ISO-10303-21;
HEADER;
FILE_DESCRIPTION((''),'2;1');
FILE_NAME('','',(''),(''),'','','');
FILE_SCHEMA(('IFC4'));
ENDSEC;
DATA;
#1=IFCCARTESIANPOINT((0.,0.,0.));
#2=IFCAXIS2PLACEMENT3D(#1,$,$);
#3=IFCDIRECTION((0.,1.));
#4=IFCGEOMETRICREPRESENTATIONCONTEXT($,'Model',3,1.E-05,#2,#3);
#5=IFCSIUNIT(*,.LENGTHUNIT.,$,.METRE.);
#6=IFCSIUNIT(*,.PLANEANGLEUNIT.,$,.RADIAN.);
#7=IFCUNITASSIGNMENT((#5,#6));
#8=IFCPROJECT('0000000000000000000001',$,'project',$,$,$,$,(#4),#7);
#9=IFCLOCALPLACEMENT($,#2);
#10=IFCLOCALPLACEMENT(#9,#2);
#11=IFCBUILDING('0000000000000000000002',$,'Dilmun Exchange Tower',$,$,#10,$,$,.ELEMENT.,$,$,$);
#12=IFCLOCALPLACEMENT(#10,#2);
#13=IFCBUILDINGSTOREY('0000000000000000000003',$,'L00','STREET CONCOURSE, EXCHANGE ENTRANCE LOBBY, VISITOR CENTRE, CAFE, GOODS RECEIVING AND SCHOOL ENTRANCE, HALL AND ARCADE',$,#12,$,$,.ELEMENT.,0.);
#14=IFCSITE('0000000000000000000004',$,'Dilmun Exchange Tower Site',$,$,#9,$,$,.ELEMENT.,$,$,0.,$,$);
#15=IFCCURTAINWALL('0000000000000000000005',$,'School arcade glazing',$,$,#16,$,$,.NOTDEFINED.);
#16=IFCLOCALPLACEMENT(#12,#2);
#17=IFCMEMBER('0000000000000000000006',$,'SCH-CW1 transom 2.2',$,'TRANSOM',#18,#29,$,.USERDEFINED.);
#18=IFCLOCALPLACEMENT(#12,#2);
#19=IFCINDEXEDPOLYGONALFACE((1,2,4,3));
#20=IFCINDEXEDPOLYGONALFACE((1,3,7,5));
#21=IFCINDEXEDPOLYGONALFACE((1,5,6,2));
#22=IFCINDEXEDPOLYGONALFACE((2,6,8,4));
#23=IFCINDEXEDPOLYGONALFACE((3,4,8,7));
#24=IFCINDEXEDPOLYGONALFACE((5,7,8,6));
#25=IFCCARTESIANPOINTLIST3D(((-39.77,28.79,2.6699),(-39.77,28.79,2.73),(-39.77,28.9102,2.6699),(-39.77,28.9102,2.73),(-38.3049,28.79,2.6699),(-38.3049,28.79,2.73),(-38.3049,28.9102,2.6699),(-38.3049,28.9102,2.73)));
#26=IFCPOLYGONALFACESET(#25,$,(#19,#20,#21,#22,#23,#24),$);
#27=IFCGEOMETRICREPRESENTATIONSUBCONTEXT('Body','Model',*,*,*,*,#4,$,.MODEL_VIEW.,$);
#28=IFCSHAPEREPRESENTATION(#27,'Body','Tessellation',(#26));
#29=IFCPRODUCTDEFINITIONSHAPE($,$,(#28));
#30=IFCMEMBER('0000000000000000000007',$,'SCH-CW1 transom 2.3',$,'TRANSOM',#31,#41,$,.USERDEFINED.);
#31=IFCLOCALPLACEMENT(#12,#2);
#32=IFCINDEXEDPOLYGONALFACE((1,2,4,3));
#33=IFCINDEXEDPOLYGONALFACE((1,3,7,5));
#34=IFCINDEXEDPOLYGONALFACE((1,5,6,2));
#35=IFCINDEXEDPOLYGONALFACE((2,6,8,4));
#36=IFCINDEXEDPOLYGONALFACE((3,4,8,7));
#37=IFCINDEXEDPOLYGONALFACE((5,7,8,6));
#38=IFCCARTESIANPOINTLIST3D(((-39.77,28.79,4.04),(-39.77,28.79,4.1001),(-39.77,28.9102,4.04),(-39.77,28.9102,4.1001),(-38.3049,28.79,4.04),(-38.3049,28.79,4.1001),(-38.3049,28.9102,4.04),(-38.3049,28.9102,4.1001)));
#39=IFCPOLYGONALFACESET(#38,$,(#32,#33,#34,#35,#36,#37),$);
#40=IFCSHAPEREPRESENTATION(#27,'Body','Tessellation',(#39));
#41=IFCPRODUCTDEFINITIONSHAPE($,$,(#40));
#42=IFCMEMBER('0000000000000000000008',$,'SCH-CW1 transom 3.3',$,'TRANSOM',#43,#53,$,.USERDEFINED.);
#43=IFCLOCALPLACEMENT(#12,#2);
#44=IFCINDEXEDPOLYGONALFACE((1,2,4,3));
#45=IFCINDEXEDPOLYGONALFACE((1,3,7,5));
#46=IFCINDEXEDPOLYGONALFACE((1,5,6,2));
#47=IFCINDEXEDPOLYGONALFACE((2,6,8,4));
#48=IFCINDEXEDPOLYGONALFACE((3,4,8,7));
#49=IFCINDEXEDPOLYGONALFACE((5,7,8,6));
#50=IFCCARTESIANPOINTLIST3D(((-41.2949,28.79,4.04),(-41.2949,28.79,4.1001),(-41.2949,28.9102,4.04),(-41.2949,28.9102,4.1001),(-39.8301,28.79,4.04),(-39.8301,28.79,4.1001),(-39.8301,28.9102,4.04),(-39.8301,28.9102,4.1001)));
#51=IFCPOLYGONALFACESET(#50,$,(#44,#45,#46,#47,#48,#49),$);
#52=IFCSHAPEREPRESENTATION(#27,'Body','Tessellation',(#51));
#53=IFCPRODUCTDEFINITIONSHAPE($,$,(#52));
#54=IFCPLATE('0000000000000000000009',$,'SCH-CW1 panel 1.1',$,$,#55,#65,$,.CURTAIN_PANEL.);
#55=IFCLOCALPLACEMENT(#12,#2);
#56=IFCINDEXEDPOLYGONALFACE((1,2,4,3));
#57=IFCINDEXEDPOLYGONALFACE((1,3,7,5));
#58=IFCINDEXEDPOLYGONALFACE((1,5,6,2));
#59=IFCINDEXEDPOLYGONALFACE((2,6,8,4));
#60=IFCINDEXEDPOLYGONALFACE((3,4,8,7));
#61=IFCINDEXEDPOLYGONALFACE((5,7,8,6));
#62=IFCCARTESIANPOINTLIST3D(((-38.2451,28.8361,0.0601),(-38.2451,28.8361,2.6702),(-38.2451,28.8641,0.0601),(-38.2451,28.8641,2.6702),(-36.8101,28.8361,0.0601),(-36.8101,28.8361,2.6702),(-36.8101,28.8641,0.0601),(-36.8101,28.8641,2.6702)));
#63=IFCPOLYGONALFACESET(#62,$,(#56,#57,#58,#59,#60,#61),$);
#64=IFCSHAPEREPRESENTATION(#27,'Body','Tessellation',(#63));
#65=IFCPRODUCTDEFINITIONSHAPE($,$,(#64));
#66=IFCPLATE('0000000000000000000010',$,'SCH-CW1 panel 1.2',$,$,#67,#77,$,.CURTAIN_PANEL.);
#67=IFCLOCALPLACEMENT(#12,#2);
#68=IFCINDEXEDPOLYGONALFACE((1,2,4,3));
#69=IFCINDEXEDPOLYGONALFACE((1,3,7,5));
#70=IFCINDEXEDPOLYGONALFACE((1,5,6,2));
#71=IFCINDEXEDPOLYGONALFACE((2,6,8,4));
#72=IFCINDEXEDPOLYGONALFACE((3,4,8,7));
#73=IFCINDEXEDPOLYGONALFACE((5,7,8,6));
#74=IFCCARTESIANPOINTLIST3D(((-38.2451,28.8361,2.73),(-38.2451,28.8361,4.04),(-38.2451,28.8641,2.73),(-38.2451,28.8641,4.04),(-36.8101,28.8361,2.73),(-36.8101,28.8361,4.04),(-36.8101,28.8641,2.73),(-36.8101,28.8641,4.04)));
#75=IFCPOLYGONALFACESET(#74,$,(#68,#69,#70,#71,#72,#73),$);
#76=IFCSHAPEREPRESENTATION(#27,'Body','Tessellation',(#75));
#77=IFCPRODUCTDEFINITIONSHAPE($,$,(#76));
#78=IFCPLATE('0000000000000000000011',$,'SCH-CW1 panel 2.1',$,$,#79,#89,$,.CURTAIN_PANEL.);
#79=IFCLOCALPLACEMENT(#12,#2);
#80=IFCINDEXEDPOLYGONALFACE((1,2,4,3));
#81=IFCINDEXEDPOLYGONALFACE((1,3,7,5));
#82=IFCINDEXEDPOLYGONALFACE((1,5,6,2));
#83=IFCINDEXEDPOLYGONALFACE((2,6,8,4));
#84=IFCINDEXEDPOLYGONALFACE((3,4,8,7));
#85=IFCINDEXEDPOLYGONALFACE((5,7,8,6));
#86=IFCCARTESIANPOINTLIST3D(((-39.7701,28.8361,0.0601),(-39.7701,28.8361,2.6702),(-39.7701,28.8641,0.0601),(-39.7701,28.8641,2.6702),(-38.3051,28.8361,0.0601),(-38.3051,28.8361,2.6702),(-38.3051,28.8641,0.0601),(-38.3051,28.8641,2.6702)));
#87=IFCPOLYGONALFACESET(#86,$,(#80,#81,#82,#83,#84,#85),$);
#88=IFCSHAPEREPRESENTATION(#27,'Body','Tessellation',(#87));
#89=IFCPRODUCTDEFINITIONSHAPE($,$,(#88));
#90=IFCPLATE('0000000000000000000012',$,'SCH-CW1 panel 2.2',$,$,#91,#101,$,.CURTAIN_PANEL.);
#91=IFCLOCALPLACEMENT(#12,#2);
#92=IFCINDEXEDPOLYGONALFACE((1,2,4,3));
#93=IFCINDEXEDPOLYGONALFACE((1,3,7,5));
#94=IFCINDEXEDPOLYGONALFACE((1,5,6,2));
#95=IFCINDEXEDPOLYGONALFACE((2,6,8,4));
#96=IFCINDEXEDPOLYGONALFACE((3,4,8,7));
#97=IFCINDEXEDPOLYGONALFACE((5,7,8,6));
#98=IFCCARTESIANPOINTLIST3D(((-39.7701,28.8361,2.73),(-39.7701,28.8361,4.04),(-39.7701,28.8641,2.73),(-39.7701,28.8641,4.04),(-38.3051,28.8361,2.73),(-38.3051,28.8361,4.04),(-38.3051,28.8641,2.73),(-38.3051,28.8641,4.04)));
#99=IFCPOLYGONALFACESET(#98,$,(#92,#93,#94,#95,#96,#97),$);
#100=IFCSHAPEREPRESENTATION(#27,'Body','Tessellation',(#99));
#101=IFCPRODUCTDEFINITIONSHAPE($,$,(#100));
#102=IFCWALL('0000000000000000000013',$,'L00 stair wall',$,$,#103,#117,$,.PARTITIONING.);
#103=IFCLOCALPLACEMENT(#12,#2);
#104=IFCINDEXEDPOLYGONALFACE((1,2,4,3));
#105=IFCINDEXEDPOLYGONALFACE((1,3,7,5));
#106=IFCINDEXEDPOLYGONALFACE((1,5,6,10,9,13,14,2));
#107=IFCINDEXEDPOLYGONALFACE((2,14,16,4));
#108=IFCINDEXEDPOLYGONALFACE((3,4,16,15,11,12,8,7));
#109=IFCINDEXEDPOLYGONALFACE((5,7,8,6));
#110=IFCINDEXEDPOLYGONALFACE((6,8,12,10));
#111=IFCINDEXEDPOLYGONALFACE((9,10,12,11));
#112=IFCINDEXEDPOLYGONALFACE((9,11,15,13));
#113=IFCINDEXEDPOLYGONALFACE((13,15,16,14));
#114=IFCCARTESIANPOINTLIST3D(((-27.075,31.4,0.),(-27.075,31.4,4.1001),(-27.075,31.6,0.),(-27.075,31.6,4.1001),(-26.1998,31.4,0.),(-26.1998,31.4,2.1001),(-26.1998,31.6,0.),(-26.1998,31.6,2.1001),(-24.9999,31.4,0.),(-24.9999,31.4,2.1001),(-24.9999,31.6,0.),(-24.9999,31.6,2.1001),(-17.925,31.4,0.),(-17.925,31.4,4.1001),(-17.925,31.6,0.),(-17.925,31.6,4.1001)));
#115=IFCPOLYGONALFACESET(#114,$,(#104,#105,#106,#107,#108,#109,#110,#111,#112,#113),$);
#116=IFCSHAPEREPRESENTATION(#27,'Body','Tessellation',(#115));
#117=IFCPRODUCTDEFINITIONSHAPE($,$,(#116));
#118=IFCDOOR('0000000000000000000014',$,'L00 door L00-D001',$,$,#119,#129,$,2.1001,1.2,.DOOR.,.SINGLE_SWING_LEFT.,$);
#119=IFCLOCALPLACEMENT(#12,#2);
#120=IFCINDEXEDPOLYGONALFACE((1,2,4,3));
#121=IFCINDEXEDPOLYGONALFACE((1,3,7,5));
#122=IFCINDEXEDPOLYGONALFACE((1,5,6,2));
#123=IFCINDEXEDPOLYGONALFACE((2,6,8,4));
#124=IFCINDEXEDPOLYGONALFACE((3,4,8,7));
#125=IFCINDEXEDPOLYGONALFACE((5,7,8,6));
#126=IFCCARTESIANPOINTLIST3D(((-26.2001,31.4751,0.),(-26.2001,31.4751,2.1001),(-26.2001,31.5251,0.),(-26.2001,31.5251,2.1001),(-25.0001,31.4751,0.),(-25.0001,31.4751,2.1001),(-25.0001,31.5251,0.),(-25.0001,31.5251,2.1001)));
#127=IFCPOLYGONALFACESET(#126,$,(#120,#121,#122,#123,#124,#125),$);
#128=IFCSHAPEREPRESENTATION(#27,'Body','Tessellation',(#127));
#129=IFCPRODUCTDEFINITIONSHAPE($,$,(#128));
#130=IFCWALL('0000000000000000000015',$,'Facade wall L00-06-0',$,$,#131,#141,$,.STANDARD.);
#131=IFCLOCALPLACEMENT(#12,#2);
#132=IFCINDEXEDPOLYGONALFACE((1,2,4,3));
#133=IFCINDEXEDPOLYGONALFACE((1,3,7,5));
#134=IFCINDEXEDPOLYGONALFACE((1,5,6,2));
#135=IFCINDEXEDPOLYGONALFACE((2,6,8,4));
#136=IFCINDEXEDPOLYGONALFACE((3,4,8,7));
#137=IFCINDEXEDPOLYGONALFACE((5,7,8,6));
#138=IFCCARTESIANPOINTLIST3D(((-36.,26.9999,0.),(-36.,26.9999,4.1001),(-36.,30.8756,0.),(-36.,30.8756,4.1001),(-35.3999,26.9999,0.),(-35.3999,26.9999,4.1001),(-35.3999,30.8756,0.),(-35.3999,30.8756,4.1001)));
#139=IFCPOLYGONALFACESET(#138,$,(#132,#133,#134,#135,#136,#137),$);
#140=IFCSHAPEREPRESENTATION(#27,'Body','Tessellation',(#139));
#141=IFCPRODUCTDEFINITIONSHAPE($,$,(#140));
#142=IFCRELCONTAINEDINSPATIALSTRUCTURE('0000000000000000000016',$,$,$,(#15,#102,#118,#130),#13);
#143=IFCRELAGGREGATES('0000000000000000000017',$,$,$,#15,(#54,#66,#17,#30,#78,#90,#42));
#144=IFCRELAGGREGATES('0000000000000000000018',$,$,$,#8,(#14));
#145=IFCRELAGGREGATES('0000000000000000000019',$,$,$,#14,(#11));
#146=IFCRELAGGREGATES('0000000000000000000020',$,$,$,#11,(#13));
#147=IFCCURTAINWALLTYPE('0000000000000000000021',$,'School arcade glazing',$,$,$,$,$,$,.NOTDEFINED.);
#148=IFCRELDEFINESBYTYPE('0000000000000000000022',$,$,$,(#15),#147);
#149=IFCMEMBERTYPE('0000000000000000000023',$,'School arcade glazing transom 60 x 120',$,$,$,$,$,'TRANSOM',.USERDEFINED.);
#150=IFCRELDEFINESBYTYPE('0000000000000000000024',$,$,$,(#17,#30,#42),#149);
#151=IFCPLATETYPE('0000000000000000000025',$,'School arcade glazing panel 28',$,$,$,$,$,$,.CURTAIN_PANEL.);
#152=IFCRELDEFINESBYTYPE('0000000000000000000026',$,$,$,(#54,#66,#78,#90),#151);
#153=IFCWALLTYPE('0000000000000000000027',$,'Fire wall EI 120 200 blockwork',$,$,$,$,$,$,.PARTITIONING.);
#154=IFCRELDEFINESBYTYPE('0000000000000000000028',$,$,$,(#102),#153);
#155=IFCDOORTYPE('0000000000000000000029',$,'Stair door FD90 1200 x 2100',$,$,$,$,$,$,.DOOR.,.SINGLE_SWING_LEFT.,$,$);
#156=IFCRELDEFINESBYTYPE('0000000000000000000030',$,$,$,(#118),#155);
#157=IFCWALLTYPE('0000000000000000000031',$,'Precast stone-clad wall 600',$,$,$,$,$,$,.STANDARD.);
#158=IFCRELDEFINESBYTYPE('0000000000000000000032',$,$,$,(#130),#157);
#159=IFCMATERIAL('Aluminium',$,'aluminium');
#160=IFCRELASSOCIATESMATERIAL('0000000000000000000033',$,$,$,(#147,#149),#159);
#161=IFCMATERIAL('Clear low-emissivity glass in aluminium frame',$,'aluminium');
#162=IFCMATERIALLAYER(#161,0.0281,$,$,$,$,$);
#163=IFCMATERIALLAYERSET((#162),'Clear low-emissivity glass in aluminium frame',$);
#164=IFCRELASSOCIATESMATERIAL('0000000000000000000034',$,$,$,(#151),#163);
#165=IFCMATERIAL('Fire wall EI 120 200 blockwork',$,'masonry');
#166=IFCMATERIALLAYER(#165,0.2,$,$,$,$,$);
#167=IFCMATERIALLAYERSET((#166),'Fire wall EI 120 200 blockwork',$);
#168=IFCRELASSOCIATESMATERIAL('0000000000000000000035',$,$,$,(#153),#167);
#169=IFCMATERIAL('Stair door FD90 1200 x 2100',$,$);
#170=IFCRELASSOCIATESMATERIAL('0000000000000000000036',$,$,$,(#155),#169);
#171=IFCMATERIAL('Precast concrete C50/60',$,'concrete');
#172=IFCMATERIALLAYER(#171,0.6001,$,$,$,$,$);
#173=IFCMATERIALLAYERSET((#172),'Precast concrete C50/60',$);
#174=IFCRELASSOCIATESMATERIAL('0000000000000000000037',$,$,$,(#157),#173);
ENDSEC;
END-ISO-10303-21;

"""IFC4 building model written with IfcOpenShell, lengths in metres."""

from ifc_helpers import new_model, si_unit, direction, frame, frame_2d, origin, origin_2d, place, context, subcontext, project, spatial, rectangle, extrude, material, layer, layer_set, material_profile, profile_set, type_object, element, fill, aggregate, save


model = new_model("IFC4")

# Units and contexts
model_context = context("Model", 3, precision=1e-05, world=origin(), true_north=direction((0.0, 1.0)))
body_context = subcontext(model_context, "Body", "Model", "MODEL_VIEW")
ifc_project = project(units=[si_unit("LENGTHUNIT", "METRE"), si_unit("PLANEANGLEUNIT", "RADIAN")], contexts=[model_context])

# Site, building, storey
site_placement = place(None, origin())
site = spatial("IfcSite", under=ifc_project, at=site_placement, Name="Dilmun Exchange Tower Site", CompositionType="ELEMENT", RefElevation=0.0)
building_placement = place(site_placement, origin())
building = spatial("IfcBuilding", under=site, at=building_placement, Name="Dilmun Exchange Tower", CompositionType="ELEMENT")
storey_placement = place(building_placement, origin())
storey = spatial("IfcBuildingStorey", under=building, at=storey_placement, Name="L00", Description="STREET CONCOURSE, EXCHANGE ENTRANCE LOBBY, VISITOR CENTRE, CAFE, GOODS RECEIVING AND SCHOOL ENTRANCE, HALL AND ARCADE", CompositionType="ELEMENT", Elevation=0.0)

# Curtain wall, members, plates
ifc_material_1 = material(Name="Aluminium", Category="aluminium")
curtain_wall_type = type_object("IfcCurtainWallType", Name="School arcade glazing", PredefinedType="NOTDEFINED", material=ifc_material_1)
curtain_wall_placement = place(storey_placement, origin())
curtain_wall = element("IfcCurtainWall", 1, at=curtain_wall_placement, inside=storey, type_object=curtain_wall_type, Name="School arcade glazing", PredefinedType="NOTDEFINED")
ifc_material_profile_1 = material_profile(ifc_material_1, rectangle(XDim=0.1201, YDim=0.0601, at=origin_2d()), Name="60 x 120")
ifc_profile_set_1 = profile_set([ifc_material_profile_1], Name="Aluminium")
member_type_1 = type_object("IfcMemberType", Name="School arcade glazing transom 60 x 120", ElementType="TRANSOM", PredefinedType="USERDEFINED", material=ifc_profile_set_1)
member_1_placement = place(storey_placement, frame((-38.3049, 28.8501, 2.7), z_axis=(-1.0, 0.0, 0.0), x_axis=(0.0, -1.0, 0.0)))
member_1 = element("IfcMember", 2, at=member_1_placement, type_object=member_type_1, Name="SCH-CW1 transom 2.2", ObjectType="TRANSOM", PredefinedType="USERDEFINED", context=body_context, shape_type="SweptSolid", body=[
    extrude(rectangle(XDim=0.1201, YDim=0.0601, at=origin_2d()), origin(), (0.0, 0.0, 1.0), 1.4651),
])
member_2_placement = place(storey_placement, frame((-38.3049, 28.8501, 4.0701), z_axis=(-1.0, 0.0, 0.0), x_axis=(0.0, -1.0, 0.0)))
member_2 = element("IfcMember", 3, at=member_2_placement, type_object=member_type_1, Name="SCH-CW1 transom 2.3", ObjectType="TRANSOM", PredefinedType="USERDEFINED", context=body_context, shape_type="SweptSolid", body=[
    extrude(rectangle(XDim=0.1201, YDim=0.0601, at=origin_2d()), origin(), (0.0, 0.0, 1.0), 1.4651),
])
member_3_placement = place(storey_placement, frame((-39.8301, 28.8501, 4.0701), z_axis=(-1.0, 0.0, 0.0), x_axis=(0.0, -1.0, 0.0)))
member_3 = element("IfcMember", 4, at=member_3_placement, type_object=member_type_1, Name="SCH-CW1 transom 3.3", ObjectType="TRANSOM", PredefinedType="USERDEFINED", context=body_context, shape_type="SweptSolid", body=[
    extrude(rectangle(XDim=0.1201, YDim=0.0601, at=origin_2d()), origin(), (0.0, 0.0, 1.0), 1.4648),
])
ifc_material_2 = material(Name="Clear low-emissivity glass in aluminium frame", Category="aluminium")
ifc_layer_1 = layer(ifc_material_2, 0.0281)
ifc_layer_set_1 = layer_set([ifc_layer_1], Name="Clear low-emissivity glass in aluminium frame")
plate_type = type_object("IfcPlateType", Name="School arcade glazing panel 28", PredefinedType="CURTAIN_PANEL", material=ifc_layer_set_1)
plate_1_placement = place(storey_placement, frame((-37.5276, 28.8501, 0.0601), z_axis=(0.0, 0.0, 1.0), x_axis=(-1.0, 0.0, 0.0)))
plate_1 = element("IfcPlate", 5, at=plate_1_placement, type_object=plate_type, Name="SCH-CW1 panel 1.1", PredefinedType="CURTAIN_PANEL", context=body_context, shape_type="SweptSolid", body=[
    extrude(rectangle(XDim=1.4351, YDim=0.0281, at=origin_2d()), origin(), (0.0, 0.0, 1.0), 2.6101),
])
plate_2_placement = place(storey_placement, frame((-37.5276, 28.8501, 2.73), z_axis=(0.0, 0.0, 1.0), x_axis=(-1.0, 0.0, 0.0)))
plate_2 = element("IfcPlate", 6, at=plate_2_placement, type_object=plate_type, Name="SCH-CW1 panel 1.2", PredefinedType="CURTAIN_PANEL", context=body_context, shape_type="SweptSolid", body=[
    extrude(rectangle(XDim=1.4351, YDim=0.0281, at=origin_2d()), origin(), (0.0, 0.0, 1.0), 1.3101),
])
plate_3_placement = place(storey_placement, frame((-39.0376, 28.8501, 0.0601), z_axis=(0.0, 0.0, 1.0), x_axis=(-1.0, 0.0, 0.0)))
plate_3 = element("IfcPlate", 7, at=plate_3_placement, type_object=plate_type, Name="SCH-CW1 panel 2.1", PredefinedType="CURTAIN_PANEL", context=body_context, shape_type="SweptSolid", body=[
    extrude(rectangle(XDim=1.4651, YDim=0.0281, at=origin_2d()), origin(), (0.0, 0.0, 1.0), 2.6101),
])
plate_4_placement = place(storey_placement, frame((-39.0376, 28.8501, 2.73), z_axis=(0.0, 0.0, 1.0), x_axis=(-1.0, 0.0, 0.0)))
plate_4 = element("IfcPlate", 8, at=plate_4_placement, type_object=plate_type, Name="SCH-CW1 panel 2.2", PredefinedType="CURTAIN_PANEL", context=body_context, shape_type="SweptSolid", body=[
    extrude(rectangle(XDim=1.4651, YDim=0.0281, at=origin_2d()), origin(), (0.0, 0.0, 1.0), 1.3101),
])
aggregate(curtain_wall, [plate_1, plate_2, member_1, member_2, plate_3, plate_4, member_3])

# Wall, opening, door
ifc_material_3 = material(Name="Fire wall EI 120 200 blockwork", Category="masonry")
ifc_layer_2 = layer(ifc_material_3, 0.2)
ifc_layer_set_2 = layer_set([ifc_layer_2], Name="Fire wall EI 120 200 blockwork")
wall_type_1 = type_object("IfcWallType", Name="Fire wall EI 120 200 blockwork", PredefinedType="PARTITIONING", material=ifc_layer_set_2)
wall_1_placement = place(storey_placement, frame((-27.075, 31.5, 0.0), z_axis=(0.0, 0.0, 1.0), x_axis=(1.0, 0.0, 0.0)))
wall_1 = element("IfcWall", 9, at=wall_1_placement, inside=storey, type_object=wall_type_1, Name="L00 stair wall", PredefinedType="PARTITIONING", context=body_context, shape_type="SweptSolid", body=[
    extrude(rectangle(XDim=9.1499, YDim=0.2, at=frame_2d((4.575, 0.0))), origin(), (0.0, 0.0, 1.0), 4.1001),
])
opening_placement = place(wall_1_placement, frame((0.875, 0.0, 0.0)))
opening = element("IfcOpeningElement", 10, at=opening_placement, cuts=wall_1, PredefinedType="OPENING", context=body_context, shape_type="SweptSolid", body=[
    extrude(rectangle(XDim=1.2, YDim=2.1001, at=frame_2d((0.6001, 1.05))), frame((0.0, 0.1099, 0.0), z_axis=(0.0, -1.0, 0.0), x_axis=(1.0, 0.0, 0.0)), (0.0, 0.0, 1.0), 0.22),
])
ifc_material_4 = material(Name="Stair door FD90 1200 x 2100")
door_type = type_object("IfcDoorType", Name="Stair door FD90 1200 x 2100", OperationType="SINGLE_SWING_LEFT", PredefinedType="DOOR", material=ifc_material_4)
door_placement = place(opening_placement, frame((1.2, 0.0, 0.0), z_axis=(0.0, 0.0, 1.0), x_axis=(-1.0, 0.0, 0.0)))
door = element("IfcDoor", 11, at=door_placement, inside=storey, type_object=door_type, Name="L00 door L00-D001", OperationType="SINGLE_SWING_LEFT", OverallHeight=2.1001, OverallWidth=1.2, PredefinedType="DOOR", context=body_context, shape_type="SweptSolid", body=[
    extrude(rectangle(XDim=1.2, YDim=2.1001, at=frame_2d((0.6001, 1.05))), frame((0.0, 0.0249, 0.0), z_axis=(0.0, -1.0, 0.0), x_axis=(1.0, 0.0, 0.0)), (0.0, 0.0, 1.0), 0.05),
])
fill(opening, door)

# Wall
ifc_material_5 = material(Name="Precast concrete C50/60", Category="concrete")
ifc_layer_3 = layer(ifc_material_5, 0.6001)
ifc_layer_set_3 = layer_set([ifc_layer_3], Name="Precast concrete C50/60")
wall_type_2 = type_object("IfcWallType", Name="Precast stone-clad wall 600", PredefinedType="STANDARD", material=ifc_layer_set_3)
wall_2_placement = place(storey_placement, frame((-35.7, 30.8757, 0.0), z_axis=(0.0, 0.0, 1.0), x_axis=(0.0, -1.0, 0.0)))
element("IfcWall", 12, at=wall_2_placement, inside=storey, type_object=wall_type_2, Name="Facade wall L00-06-0", PredefinedType="STANDARD", context=body_context, shape_type="SweptSolid", body=[
    extrude(rectangle(XDim=3.8757, YDim=0.6001, at=frame_2d((1.938, 0.0))), origin(), (0.0, 0.0, 1.0), 4.1001),
])

save(model, "model.ifc")
